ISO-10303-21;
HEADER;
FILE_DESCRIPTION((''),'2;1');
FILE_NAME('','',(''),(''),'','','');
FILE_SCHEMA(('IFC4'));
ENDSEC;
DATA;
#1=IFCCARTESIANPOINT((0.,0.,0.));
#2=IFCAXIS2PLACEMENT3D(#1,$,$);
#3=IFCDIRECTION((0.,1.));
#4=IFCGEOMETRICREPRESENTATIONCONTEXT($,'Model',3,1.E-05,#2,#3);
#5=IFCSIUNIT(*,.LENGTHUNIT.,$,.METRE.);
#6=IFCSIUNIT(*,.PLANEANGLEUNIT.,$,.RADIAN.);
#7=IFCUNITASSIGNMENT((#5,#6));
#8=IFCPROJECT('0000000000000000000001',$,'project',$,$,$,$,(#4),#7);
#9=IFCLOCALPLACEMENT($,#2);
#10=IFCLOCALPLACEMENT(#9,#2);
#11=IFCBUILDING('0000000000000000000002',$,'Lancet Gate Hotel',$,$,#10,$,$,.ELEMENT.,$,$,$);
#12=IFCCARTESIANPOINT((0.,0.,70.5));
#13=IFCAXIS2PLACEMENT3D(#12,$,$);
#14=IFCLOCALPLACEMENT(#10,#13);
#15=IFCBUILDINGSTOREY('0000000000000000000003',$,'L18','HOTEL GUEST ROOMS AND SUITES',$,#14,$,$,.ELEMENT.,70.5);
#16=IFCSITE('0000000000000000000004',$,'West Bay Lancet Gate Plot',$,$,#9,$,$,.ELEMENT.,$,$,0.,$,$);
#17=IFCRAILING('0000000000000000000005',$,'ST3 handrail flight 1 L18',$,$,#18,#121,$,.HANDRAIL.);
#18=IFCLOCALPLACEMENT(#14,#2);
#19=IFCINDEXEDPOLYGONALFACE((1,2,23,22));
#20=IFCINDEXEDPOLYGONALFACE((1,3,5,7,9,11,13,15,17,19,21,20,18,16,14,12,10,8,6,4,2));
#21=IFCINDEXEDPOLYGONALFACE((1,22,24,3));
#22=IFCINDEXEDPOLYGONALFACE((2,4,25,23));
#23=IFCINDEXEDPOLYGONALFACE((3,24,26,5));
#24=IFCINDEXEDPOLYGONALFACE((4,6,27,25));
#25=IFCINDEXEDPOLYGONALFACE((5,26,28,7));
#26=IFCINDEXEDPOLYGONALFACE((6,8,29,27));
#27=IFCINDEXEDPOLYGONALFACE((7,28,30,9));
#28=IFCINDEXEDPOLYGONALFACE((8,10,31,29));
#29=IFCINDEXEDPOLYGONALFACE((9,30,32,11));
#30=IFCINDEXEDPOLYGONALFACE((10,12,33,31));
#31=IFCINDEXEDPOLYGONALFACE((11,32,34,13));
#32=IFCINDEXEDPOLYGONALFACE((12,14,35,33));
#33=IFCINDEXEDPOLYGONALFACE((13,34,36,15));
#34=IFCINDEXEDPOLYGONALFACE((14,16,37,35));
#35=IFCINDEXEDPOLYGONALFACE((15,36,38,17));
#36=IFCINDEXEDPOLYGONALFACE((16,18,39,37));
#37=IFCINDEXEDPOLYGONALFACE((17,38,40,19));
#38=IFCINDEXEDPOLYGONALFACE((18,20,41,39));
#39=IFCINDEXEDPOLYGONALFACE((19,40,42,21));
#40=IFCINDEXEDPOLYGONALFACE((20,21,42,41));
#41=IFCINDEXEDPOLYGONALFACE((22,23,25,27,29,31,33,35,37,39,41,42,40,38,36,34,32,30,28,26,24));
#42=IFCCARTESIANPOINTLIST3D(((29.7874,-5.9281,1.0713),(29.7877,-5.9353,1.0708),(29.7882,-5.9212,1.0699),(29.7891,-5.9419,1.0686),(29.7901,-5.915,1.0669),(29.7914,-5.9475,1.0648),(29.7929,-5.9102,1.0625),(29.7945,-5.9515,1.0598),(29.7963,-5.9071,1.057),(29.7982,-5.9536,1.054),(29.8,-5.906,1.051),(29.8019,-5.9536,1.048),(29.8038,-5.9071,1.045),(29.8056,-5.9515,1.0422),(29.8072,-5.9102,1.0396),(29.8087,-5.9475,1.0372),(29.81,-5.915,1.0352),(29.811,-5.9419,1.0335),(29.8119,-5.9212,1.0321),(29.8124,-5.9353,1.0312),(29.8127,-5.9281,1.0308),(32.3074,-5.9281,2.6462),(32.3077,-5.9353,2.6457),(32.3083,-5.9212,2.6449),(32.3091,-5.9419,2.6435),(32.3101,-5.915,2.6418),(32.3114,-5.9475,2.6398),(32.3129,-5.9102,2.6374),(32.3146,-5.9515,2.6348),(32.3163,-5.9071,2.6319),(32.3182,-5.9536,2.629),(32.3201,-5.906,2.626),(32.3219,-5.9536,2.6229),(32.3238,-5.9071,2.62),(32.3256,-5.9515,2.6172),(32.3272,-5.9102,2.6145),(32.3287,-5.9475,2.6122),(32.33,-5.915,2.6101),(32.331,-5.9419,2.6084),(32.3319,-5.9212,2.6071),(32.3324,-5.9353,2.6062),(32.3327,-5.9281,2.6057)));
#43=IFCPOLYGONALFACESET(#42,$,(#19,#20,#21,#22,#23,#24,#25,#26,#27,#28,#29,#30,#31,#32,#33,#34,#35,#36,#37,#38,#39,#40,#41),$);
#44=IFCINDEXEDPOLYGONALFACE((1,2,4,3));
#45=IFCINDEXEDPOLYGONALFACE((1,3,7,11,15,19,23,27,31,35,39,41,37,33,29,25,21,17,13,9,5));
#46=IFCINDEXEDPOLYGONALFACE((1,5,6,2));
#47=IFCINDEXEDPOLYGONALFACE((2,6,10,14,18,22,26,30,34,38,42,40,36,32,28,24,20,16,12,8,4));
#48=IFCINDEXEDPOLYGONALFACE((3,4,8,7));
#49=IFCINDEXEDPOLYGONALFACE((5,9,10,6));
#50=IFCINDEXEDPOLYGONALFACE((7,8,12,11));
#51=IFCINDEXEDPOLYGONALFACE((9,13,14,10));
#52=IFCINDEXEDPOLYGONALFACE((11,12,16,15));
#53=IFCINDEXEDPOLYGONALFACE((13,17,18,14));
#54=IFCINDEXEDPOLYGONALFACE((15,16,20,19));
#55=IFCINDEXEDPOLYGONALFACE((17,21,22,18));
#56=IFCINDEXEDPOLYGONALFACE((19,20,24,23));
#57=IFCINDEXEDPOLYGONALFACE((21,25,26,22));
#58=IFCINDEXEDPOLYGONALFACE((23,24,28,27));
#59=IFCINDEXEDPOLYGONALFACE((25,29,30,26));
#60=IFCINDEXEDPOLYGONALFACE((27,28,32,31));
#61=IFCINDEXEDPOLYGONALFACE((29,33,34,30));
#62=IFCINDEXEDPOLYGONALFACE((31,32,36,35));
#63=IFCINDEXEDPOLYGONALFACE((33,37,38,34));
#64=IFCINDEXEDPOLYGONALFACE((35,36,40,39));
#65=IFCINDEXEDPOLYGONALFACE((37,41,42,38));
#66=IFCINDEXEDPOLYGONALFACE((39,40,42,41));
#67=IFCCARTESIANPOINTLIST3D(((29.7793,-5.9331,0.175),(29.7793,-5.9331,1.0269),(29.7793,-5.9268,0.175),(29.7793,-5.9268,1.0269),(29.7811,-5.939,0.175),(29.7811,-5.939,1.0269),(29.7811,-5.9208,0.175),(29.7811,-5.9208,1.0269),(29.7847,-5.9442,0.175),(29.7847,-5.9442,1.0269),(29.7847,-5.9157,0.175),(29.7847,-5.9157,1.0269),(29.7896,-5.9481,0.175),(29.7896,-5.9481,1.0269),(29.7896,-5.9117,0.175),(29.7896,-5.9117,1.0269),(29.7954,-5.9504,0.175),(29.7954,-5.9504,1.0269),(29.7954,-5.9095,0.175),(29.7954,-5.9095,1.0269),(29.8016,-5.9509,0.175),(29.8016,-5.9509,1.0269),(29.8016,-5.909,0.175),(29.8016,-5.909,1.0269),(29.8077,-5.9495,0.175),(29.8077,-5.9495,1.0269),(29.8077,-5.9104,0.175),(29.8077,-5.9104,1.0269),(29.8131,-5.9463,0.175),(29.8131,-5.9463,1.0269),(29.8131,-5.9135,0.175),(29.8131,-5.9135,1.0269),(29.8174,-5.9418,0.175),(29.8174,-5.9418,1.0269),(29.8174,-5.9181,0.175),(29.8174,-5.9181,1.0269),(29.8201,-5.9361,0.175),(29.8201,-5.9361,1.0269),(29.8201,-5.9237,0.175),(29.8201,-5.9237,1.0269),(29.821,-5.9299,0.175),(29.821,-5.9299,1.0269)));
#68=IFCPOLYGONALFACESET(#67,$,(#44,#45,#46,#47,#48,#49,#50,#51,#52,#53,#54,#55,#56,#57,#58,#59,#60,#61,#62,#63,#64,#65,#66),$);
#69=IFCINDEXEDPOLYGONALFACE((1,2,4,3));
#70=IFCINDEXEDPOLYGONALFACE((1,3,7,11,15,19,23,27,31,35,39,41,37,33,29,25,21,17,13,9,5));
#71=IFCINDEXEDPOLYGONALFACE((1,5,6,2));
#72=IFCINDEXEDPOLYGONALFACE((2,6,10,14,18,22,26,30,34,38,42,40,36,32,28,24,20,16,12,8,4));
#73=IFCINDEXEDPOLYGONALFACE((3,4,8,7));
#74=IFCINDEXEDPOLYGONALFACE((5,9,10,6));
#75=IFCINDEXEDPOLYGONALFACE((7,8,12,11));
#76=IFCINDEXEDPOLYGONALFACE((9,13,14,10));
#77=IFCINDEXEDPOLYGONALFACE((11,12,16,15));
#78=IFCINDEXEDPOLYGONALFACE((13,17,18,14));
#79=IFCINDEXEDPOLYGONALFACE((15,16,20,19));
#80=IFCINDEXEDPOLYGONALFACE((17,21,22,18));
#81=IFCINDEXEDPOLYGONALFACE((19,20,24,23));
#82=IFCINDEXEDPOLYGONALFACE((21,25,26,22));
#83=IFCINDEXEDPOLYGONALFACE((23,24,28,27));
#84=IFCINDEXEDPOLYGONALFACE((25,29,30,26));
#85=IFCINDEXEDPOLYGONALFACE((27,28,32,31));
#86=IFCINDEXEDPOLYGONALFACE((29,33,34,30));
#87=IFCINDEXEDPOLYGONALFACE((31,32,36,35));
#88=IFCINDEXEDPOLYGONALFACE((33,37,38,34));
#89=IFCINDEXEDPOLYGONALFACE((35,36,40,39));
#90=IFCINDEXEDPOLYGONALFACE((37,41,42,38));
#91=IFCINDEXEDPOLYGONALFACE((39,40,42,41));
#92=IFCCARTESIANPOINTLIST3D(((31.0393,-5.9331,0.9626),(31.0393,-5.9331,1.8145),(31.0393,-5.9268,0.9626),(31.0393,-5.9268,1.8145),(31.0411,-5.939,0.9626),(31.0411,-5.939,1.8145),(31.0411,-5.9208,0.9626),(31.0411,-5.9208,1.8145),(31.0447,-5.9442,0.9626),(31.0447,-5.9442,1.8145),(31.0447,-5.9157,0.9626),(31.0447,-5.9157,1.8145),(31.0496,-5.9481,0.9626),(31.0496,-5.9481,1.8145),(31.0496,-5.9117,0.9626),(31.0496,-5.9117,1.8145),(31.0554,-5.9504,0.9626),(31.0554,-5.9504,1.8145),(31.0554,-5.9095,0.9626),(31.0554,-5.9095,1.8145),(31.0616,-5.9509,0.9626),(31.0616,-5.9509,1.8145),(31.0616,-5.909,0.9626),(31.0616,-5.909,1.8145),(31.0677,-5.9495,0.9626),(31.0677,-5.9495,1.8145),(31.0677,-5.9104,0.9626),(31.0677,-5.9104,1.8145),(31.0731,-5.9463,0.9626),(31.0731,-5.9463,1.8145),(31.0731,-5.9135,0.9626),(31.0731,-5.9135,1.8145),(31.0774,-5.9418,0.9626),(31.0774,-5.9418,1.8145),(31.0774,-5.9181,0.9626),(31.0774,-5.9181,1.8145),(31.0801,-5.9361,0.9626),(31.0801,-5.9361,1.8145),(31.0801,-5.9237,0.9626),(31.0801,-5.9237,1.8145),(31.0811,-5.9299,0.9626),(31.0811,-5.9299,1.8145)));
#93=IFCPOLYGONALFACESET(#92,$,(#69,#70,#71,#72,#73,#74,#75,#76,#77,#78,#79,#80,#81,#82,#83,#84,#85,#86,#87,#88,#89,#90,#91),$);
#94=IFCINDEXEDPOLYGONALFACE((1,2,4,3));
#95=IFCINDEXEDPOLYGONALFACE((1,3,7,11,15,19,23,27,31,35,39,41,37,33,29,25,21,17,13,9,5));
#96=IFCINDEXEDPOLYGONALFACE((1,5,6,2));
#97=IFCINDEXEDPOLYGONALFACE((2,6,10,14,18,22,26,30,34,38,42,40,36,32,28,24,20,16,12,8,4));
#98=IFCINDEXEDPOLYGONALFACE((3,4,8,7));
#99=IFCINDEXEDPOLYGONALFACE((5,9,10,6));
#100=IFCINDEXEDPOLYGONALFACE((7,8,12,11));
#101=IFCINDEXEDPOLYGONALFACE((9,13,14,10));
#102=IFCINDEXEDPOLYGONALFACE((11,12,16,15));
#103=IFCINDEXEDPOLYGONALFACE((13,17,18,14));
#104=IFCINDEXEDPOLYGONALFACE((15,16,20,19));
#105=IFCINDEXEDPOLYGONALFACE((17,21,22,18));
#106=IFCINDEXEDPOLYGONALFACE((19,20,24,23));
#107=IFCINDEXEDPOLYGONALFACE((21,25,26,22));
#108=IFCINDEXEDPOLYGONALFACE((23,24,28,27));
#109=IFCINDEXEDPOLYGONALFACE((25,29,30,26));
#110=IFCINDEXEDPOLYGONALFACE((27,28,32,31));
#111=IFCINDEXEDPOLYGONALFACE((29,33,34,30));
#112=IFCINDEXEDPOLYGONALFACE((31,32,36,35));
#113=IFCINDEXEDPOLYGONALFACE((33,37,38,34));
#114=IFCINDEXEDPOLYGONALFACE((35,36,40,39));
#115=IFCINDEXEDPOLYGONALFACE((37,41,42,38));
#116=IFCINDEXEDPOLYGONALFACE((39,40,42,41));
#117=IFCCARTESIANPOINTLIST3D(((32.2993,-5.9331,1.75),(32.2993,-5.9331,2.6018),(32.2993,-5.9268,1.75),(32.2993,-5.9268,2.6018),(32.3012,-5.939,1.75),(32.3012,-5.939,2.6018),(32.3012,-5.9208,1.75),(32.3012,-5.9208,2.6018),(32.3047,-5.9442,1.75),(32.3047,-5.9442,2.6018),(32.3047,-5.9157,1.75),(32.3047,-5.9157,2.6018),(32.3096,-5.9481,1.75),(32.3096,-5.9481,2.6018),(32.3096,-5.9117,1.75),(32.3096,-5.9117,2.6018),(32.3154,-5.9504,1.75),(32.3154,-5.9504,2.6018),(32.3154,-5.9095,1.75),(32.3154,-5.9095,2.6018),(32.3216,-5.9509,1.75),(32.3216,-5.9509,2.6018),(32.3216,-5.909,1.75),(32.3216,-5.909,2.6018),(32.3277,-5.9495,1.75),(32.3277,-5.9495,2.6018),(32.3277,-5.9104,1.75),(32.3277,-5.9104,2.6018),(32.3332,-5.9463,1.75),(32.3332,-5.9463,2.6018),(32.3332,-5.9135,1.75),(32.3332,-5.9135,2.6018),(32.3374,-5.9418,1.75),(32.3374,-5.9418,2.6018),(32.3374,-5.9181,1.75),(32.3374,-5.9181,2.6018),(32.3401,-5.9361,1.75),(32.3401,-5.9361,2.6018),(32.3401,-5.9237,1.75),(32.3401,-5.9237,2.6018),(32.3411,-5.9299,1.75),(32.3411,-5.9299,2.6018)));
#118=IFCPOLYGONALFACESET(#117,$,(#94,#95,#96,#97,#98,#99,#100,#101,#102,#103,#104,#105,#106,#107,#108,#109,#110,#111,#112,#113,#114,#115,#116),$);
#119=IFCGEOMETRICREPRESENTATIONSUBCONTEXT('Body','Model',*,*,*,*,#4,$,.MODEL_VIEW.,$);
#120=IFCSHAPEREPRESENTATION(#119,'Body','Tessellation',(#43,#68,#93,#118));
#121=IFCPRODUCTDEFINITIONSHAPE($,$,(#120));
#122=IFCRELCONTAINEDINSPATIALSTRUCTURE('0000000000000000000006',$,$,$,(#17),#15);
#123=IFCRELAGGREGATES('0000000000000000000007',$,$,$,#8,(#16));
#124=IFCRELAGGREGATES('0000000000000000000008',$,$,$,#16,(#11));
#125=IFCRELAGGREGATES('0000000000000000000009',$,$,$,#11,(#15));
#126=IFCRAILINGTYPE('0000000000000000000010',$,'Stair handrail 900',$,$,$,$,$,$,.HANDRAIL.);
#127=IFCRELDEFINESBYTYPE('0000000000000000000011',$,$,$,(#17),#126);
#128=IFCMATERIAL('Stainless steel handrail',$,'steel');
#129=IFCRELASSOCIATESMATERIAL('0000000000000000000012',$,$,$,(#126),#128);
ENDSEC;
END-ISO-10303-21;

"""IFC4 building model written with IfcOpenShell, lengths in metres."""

from ifc_helpers import new_model, si_unit, direction, frame, origin, origin_2d, place, context, subcontext, project, spatial, circle, extrude, material, type_object, element, save


model = new_model("IFC4")

# Units and contexts
model_context = context("Model", 3, precision=1e-05, world=origin(), true_north=direction((0.0, 1.0)))
body_context = subcontext(model_context, "Body", "Model", "MODEL_VIEW")
ifc_project = project(units=[si_unit("LENGTHUNIT", "METRE"), si_unit("PLANEANGLEUNIT", "RADIAN")], contexts=[model_context])

# Site, building, storey
site_placement = place(None, origin())
site = spatial("IfcSite", under=ifc_project, at=site_placement, Name="West Bay Lancet Gate Plot", CompositionType="ELEMENT", RefElevation=0.0)
building_placement = place(site_placement, origin())
building = spatial("IfcBuilding", under=site, at=building_placement, Name="Lancet Gate Hotel", CompositionType="ELEMENT")
storey_placement = place(building_placement, frame((0.0, 0.0, 70.5)))
storey = spatial("IfcBuildingStorey", under=building, at=storey_placement, Name="L18", Description="HOTEL GUEST ROOMS AND SUITES", CompositionType="ELEMENT", Elevation=70.5)

# Railing
ifc_material_1 = material(Name="Stainless steel handrail", Category="steel")
railing_type = type_object("IfcRailingType", Name="Stair handrail 900", PredefinedType="HANDRAIL", material=ifc_material_1)
railing_1_placement = place(storey_placement, frame((29.8, -5.9299, 0.175)))
element("IfcRailing", 1, at=railing_1_placement, inside=storey, type_object=railing_type, Name="ST3 handrail flight 1 L18", PredefinedType="HANDRAIL", context=body_context, shape_type="SweptSolid", body=[
    extrude(circle(Radius=0.0239, at=origin_2d()), frame((0.0, 0.0, 0.876), z_axis=(0.848008, 0.0, 0.529984), x_axis=(0.0, 1.0, 0.0)), (0.0, 0.0, 1.0), 2.9717),
    extrude(circle(Radius=0.021, at=origin_2d()), origin(), (0.0, 0.0, 1.0), 0.8518),
    extrude(circle(Radius=0.021, at=origin_2d()), frame((1.26, 0.0, 0.7876)), (0.0, 0.0, 1.0), 0.8518),
    extrude(circle(Radius=0.021, at=origin_2d()), frame((2.52, 0.0, 1.575)), (0.0, 0.0, 1.0), 0.8518),
])

save(model, "model.ifc")
